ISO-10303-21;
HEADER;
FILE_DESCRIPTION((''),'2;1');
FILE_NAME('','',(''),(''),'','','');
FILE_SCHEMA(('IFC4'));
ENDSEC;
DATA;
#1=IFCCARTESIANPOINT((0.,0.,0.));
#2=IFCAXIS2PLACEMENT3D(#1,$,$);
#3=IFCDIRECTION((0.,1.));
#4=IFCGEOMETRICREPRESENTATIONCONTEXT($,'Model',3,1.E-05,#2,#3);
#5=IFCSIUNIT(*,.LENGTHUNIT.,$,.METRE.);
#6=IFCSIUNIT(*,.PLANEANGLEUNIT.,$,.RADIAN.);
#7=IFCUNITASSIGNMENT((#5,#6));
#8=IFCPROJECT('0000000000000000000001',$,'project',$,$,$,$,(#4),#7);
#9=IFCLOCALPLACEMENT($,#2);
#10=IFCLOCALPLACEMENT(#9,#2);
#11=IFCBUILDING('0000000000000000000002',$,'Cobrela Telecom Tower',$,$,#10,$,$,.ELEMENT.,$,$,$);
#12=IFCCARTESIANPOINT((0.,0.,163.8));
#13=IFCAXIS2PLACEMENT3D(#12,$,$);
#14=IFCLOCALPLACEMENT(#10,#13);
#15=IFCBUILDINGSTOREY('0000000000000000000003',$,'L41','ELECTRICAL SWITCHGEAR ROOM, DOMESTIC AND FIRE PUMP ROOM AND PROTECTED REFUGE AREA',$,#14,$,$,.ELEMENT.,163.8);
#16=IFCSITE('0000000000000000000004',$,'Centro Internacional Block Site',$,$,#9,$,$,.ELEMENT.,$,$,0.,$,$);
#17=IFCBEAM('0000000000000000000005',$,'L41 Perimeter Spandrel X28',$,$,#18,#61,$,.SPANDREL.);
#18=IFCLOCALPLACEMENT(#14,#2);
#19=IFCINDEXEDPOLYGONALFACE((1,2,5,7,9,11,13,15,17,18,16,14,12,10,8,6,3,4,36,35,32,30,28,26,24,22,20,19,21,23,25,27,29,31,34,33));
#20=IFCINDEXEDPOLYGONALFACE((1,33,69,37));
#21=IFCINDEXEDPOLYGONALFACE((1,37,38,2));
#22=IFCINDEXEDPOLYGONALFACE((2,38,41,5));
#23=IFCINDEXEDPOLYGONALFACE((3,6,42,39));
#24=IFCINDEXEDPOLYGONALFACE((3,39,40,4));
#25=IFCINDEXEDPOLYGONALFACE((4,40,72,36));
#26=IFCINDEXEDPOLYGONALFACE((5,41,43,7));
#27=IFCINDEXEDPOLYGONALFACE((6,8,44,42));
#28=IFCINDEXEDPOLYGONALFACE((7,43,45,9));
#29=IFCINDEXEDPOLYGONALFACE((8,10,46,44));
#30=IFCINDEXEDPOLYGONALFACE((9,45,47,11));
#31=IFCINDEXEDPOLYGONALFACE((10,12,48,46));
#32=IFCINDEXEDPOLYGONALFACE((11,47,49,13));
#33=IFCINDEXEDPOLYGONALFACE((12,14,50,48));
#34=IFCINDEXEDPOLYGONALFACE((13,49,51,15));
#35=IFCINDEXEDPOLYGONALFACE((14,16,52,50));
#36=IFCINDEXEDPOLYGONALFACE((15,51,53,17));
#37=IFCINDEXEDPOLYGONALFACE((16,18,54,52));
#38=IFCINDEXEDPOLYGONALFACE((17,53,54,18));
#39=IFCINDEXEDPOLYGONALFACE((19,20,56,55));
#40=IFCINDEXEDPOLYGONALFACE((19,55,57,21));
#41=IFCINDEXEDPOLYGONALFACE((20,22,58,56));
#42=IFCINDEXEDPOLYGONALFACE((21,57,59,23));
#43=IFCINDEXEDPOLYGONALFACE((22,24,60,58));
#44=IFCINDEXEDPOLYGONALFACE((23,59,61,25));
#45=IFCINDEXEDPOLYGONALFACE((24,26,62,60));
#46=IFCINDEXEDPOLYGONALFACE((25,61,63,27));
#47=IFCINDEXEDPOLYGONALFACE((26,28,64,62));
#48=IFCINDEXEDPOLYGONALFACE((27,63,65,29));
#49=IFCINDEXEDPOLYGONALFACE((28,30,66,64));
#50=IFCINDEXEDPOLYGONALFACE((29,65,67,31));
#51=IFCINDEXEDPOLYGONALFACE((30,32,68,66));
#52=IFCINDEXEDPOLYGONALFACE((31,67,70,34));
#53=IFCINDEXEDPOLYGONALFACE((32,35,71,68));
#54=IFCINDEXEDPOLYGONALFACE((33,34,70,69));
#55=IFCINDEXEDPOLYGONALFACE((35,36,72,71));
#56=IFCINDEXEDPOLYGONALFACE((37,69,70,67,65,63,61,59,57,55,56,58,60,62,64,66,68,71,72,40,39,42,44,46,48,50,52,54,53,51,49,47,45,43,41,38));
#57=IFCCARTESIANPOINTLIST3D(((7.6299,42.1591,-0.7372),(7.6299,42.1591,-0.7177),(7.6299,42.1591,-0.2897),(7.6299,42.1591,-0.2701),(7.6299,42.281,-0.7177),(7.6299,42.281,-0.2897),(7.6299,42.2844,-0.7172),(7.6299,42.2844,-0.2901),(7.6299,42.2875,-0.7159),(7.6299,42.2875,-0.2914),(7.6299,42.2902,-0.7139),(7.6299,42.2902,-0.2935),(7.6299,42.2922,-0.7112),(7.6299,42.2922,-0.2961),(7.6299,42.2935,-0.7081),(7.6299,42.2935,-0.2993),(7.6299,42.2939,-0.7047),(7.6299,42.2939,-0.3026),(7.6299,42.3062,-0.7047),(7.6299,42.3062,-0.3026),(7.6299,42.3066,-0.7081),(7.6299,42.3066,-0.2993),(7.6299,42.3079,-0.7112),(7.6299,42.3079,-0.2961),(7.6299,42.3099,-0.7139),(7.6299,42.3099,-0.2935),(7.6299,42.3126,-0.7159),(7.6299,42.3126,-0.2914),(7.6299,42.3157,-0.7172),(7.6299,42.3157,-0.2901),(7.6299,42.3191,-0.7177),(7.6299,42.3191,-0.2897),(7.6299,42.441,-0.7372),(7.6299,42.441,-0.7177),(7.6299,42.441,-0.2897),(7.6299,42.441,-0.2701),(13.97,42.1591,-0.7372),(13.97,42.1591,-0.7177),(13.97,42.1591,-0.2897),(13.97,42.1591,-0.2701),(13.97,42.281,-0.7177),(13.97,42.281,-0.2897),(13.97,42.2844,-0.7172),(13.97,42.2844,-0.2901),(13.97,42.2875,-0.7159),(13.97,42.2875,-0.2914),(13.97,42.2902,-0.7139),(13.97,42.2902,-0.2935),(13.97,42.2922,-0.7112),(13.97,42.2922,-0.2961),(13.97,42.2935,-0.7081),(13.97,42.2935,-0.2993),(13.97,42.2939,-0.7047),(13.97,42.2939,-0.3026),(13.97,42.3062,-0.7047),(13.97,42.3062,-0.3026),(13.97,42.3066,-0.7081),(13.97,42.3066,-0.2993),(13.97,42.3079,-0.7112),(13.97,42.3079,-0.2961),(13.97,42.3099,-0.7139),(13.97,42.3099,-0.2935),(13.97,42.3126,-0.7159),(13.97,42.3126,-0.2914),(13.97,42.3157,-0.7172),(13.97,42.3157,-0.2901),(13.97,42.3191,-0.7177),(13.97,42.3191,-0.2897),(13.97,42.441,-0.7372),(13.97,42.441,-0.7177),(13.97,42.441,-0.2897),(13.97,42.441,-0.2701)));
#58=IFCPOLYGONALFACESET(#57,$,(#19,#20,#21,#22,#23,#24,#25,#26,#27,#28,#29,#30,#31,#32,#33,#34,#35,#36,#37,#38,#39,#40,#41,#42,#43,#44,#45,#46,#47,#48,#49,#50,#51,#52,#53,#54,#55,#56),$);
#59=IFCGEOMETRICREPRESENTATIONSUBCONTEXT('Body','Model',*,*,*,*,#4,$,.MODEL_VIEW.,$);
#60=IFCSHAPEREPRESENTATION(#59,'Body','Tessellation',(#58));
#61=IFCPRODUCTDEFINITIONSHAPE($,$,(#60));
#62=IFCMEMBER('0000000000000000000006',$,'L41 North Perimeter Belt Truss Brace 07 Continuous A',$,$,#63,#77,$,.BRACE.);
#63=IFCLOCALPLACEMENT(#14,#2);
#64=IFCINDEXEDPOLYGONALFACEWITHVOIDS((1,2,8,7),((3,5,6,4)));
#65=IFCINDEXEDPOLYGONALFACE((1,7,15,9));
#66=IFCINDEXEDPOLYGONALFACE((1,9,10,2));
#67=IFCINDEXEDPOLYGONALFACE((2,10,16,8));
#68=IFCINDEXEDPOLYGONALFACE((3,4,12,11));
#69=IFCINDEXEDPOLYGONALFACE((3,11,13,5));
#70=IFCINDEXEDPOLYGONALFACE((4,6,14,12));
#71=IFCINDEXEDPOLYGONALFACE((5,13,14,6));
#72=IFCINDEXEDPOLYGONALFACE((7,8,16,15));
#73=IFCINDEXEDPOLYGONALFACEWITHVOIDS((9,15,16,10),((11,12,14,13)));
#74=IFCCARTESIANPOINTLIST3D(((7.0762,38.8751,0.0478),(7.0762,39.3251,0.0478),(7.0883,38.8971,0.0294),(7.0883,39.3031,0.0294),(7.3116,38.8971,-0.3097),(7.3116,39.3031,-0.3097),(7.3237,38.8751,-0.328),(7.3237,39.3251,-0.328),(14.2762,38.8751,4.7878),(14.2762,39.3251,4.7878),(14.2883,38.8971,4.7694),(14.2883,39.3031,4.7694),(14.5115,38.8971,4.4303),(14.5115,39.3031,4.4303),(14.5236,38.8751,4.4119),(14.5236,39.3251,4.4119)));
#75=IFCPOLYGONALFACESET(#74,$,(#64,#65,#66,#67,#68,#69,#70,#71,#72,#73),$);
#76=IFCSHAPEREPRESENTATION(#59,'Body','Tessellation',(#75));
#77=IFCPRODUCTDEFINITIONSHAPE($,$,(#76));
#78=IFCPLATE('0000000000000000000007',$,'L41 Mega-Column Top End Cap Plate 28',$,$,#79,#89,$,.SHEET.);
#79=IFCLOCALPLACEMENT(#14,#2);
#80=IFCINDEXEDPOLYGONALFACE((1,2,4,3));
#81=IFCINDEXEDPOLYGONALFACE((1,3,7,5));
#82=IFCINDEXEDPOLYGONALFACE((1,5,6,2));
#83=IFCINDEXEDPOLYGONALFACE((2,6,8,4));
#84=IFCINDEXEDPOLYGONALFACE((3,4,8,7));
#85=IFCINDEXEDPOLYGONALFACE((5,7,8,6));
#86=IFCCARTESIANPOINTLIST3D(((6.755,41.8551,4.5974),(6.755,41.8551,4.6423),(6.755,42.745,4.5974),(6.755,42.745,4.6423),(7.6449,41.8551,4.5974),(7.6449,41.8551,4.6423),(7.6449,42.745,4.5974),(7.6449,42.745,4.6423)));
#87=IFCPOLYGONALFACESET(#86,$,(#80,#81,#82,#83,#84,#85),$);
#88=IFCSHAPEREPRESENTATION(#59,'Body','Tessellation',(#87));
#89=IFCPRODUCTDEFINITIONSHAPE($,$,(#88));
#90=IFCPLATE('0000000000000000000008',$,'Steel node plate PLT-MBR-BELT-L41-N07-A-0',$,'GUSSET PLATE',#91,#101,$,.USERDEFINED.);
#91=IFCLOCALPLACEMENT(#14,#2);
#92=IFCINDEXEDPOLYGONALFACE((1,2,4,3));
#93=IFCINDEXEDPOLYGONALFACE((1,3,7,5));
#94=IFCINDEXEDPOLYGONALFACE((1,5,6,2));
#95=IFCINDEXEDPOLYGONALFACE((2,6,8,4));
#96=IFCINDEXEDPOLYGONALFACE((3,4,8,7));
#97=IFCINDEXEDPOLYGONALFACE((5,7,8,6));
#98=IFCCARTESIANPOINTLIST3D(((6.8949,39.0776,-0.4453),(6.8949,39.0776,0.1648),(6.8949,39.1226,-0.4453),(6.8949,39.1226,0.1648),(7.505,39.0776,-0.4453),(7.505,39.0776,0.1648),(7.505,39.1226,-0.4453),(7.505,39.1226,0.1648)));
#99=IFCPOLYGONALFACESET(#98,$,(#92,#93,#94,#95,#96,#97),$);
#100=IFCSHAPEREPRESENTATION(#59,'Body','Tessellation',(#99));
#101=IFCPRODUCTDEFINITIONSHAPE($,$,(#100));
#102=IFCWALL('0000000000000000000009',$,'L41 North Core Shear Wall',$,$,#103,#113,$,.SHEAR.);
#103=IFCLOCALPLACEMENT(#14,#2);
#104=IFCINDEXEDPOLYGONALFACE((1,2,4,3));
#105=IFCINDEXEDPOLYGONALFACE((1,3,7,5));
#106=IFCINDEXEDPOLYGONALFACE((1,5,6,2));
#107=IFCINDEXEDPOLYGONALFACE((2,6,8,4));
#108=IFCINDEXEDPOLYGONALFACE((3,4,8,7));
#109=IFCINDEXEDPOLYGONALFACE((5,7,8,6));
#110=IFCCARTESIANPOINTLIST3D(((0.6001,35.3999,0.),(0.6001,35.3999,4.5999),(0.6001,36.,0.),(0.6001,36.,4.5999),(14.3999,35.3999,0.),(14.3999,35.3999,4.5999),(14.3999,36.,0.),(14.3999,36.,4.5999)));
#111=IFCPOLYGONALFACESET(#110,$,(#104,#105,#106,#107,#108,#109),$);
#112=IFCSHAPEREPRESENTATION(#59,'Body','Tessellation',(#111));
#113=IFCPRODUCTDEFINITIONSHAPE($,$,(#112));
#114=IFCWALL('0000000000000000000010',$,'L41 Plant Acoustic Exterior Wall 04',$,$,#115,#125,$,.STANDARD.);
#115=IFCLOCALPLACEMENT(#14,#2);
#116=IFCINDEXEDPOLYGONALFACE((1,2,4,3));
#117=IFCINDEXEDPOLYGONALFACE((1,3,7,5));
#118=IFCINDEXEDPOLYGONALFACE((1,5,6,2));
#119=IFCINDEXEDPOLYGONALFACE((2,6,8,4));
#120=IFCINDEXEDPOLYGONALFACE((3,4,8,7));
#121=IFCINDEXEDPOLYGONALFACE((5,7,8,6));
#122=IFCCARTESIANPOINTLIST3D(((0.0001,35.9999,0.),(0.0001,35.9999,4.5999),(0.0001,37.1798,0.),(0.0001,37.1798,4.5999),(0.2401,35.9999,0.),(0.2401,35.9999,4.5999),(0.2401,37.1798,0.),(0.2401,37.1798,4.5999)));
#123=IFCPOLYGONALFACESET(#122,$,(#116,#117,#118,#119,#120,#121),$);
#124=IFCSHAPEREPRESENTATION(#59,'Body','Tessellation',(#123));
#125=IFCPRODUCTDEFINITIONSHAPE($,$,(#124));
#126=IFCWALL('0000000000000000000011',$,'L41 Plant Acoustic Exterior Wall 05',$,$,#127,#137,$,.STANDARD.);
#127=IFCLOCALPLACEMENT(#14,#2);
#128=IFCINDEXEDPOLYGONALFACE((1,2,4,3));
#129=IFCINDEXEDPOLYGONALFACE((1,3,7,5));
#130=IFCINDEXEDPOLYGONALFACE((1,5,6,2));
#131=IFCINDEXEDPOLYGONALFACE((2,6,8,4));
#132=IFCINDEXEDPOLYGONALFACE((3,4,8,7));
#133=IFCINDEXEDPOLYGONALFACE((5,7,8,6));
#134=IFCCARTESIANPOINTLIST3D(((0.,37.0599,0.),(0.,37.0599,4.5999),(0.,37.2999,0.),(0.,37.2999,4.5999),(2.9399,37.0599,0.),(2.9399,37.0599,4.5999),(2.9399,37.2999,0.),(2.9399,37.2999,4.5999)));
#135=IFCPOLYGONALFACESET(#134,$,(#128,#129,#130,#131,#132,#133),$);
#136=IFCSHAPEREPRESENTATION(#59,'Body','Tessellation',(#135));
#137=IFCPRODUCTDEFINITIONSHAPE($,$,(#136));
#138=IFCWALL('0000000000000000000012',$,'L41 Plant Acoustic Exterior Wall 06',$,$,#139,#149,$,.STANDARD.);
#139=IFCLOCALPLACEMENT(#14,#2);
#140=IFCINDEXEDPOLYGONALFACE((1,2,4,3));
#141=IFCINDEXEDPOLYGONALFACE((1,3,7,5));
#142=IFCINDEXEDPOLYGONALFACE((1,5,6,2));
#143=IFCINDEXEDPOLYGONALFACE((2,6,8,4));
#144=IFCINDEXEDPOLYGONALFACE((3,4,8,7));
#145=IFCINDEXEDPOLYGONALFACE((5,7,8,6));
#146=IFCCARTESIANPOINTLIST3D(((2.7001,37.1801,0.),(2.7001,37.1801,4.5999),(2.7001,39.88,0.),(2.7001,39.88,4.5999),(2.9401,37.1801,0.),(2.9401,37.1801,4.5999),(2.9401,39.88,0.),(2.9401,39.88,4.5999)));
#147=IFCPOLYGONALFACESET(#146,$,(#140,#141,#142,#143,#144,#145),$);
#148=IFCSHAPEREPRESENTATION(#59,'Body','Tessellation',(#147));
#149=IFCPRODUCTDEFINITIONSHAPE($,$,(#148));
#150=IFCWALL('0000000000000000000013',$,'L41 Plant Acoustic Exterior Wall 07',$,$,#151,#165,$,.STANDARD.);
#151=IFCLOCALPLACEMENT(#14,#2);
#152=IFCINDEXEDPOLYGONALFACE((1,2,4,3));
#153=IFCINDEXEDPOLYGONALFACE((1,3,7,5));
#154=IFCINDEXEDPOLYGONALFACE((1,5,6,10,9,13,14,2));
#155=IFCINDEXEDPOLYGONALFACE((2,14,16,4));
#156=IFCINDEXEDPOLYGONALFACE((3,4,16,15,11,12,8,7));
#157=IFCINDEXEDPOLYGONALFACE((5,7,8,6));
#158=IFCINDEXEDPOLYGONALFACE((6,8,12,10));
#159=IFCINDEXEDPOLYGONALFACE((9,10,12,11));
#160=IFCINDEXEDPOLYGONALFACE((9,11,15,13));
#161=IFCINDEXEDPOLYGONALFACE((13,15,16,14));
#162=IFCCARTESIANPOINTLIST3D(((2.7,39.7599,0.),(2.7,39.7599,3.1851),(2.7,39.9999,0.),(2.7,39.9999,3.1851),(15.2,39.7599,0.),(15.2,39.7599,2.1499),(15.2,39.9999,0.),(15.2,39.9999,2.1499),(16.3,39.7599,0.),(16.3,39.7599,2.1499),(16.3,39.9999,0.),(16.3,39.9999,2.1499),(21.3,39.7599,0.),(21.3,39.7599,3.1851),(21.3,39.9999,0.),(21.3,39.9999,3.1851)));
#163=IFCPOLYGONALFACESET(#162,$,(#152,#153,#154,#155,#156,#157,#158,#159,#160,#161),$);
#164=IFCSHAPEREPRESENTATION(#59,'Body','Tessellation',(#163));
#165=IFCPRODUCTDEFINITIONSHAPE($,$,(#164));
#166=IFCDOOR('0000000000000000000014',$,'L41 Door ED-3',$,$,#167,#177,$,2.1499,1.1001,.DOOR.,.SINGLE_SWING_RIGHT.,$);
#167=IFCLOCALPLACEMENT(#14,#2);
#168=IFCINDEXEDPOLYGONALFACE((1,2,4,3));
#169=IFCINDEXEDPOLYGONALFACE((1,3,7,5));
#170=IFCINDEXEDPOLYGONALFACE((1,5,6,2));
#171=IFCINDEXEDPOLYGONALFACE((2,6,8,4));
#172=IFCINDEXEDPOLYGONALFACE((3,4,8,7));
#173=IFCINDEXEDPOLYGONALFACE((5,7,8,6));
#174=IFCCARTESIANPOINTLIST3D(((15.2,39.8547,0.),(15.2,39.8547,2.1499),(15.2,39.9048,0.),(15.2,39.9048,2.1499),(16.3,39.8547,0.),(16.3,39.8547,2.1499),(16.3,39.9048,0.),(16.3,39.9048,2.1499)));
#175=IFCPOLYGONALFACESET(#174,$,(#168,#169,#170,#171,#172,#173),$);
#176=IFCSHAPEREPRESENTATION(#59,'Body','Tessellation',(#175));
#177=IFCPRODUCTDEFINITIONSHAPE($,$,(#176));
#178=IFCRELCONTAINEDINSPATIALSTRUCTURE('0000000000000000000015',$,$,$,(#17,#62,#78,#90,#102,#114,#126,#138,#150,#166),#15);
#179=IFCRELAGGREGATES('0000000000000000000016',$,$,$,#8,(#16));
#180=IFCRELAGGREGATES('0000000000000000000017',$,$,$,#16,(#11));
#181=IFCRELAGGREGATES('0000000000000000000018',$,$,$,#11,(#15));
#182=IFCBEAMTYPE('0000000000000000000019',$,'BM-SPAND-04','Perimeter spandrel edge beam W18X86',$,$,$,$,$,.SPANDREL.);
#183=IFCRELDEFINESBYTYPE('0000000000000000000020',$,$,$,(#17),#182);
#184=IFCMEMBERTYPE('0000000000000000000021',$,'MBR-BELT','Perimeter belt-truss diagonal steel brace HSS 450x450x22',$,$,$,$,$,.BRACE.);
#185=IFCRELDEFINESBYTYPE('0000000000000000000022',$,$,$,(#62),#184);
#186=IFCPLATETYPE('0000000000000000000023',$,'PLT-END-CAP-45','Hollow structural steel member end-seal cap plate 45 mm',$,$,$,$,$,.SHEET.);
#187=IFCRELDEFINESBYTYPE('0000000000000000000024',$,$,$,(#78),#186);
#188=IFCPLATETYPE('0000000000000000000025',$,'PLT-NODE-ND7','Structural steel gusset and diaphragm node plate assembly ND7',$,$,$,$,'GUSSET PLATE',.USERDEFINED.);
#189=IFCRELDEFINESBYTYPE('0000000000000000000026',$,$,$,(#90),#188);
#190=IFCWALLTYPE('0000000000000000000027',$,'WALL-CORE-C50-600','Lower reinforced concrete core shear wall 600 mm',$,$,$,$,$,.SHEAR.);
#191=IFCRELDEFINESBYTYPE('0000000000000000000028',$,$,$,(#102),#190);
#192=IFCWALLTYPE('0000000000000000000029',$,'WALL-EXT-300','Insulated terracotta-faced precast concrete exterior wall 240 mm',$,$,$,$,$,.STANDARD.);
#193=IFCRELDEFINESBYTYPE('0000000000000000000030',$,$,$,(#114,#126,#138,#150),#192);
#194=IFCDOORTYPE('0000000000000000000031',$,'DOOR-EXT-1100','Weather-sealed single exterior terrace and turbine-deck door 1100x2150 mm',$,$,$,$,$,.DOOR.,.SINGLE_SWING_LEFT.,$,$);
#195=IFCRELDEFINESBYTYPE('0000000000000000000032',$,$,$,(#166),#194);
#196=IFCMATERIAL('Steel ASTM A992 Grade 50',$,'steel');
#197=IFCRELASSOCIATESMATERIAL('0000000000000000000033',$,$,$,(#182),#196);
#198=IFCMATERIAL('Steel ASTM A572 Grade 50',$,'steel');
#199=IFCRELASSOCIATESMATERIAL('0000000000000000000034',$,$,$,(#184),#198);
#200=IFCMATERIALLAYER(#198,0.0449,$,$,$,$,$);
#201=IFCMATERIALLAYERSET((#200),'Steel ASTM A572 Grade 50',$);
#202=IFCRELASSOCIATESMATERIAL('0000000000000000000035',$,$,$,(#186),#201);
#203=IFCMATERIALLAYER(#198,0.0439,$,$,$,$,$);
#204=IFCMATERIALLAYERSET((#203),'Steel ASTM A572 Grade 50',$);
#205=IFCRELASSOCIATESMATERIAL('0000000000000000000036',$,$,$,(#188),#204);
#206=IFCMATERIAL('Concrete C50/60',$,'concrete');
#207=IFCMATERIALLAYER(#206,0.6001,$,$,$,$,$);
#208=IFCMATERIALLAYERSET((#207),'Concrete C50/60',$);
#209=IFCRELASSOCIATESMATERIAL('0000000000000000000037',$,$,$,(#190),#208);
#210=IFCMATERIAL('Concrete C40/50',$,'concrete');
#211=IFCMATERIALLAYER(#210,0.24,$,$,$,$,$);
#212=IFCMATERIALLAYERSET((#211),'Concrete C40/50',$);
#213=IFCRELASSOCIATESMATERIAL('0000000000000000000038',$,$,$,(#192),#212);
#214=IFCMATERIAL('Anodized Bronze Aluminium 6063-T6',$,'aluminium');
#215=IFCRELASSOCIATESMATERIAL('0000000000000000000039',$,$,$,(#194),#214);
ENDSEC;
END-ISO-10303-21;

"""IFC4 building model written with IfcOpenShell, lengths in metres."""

from ifc_helpers import new_model, si_unit, direction, frame, frame_2d, origin, origin_2d, place, context, subcontext, project, spatial, rectangle, hollow_rectangle, i_section, extrude, material, layer, layer_set, material_profile, profile_set, type_object, element, fill, save


model = new_model("IFC4")

# Units and contexts
model_context = context("Model", 3, precision=1e-05, world=origin(), true_north=direction((0.0, 1.0)))
body_context = subcontext(model_context, "Body", "Model", "MODEL_VIEW")
ifc_project = project(units=[si_unit("LENGTHUNIT", "METRE"), si_unit("PLANEANGLEUNIT", "RADIAN")], contexts=[model_context])

# Site, building, storey
site_placement = place(None, origin())
site = spatial("IfcSite", under=ifc_project, at=site_placement, Name="Centro Internacional Block Site", CompositionType="ELEMENT", RefElevation=0.0)
building_placement = place(site_placement, origin())
building = spatial("IfcBuilding", under=site, at=building_placement, Name="Cobrela Telecom Tower", CompositionType="ELEMENT")
storey_placement = place(building_placement, frame((0.0, 0.0, 163.8)))
storey = spatial("IfcBuildingStorey", under=building, at=storey_placement, Name="L41", Description="ELECTRICAL SWITCHGEAR ROOM, DOMESTIC AND FIRE PUMP ROOM AND PROTECTED REFUGE AREA", CompositionType="ELEMENT", Elevation=163.8)

# Shared definitions
ifc_material_1 = material(Name="Steel ASTM A572 Grade 50", Category="steel")

# Beam
ifc_material_2 = material(Name="Steel ASTM A992 Grade 50", Category="steel")
ifc_material_profile_1 = material_profile(ifc_material_2, i_section(OverallWidth=0.282, OverallDepth=0.467, WebThickness=0.0122, FlangeThickness=0.0195, FilletRadius=0.0129, at=origin_2d()), Name="W18X86")
ifc_profile_set_1 = profile_set([ifc_material_profile_1], Name="Steel ASTM A992 Grade 50")
beam_type_1 = type_object("IfcBeamType", Name="BM-SPAND-04", Description="Perimeter spandrel edge beam W18X86", PredefinedType="SPANDREL", material=ifc_profile_set_1)
beam_1_placement = place(storey_placement, frame((7.6299, 42.3, -0.5037), z_axis=(1.0, 0.0, 0.0), x_axis=(0.0, 1.0, 0.0)))
element("IfcBeam", 1, at=beam_1_placement, inside=storey, type_object=beam_type_1, Name="L41 Perimeter Spandrel X28", PredefinedType="SPANDREL", context=body_context, shape_type="SweptSolid", body=[
    extrude(i_section(OverallWidth=0.282, OverallDepth=0.467, WebThickness=0.0122, FlangeThickness=0.0195, FilletRadius=0.0129, at=origin_2d()), origin(), (0.0, 0.0, 1.0), 6.3401),
])

# Member
ifc_material_profile_2 = material_profile(ifc_material_1, hollow_rectangle(XDim=0.45, YDim=0.45, WallThickness=0.022, at=origin_2d()), Name="HSS 450x450x22")
ifc_profile_set_2 = profile_set([ifc_material_profile_2], Name="Steel ASTM A572 Grade 50")
member_type = type_object("IfcMemberType", Name="MBR-BELT", Description="Perimeter belt-truss diagonal steel brace HSS 450x450x22", PredefinedType="BRACE", material=ifc_profile_set_2)
member_placement = place(storey_placement, frame((7.2, 39.1001, -0.1401), z_axis=(0.835248, 0.0, 0.549874), x_axis=(0.0, 1.0, 0.0)))
element("IfcMember", 2, at=member_placement, inside=storey, type_object=member_type, Name="L41 North Perimeter Belt Truss Brace 07 Continuous A", PredefinedType="BRACE", context=body_context, shape_type="SweptSolid", body=[
    extrude(hollow_rectangle(XDim=0.45, YDim=0.45, WallThickness=0.022, at=origin_2d()), origin(), (0.0, 0.0, 1.0), 8.6201),
])

# Plates
ifc_layer_1 = layer(ifc_material_1, 0.0449)
ifc_layer_set_1 = layer_set([ifc_layer_1], Name="Steel ASTM A572 Grade 50")
plate_type_1 = type_object("IfcPlateType", Name="PLT-END-CAP-45", Description="Hollow structural steel member end-seal cap plate 45 mm", PredefinedType="SHEET", material=ifc_layer_set_1)
plate_1_placement = place(storey_placement, frame((7.2, 42.3, 4.5974), z_axis=(0.0, 0.0, 1.0), x_axis=(1.0, 0.0, 0.0)))
element("IfcPlate", 3, at=plate_1_placement, inside=storey, type_object=plate_type_1, Name="L41 Mega-Column Top End Cap Plate 28", PredefinedType="SHEET", context=body_context, shape_type="SweptSolid", body=[
    extrude(rectangle(XDim=0.8899, YDim=0.8899, at=origin_2d()), origin(), (0.0, 0.0, 1.0), 0.0449),
])
ifc_layer_2 = layer(ifc_material_1, 0.0439)
ifc_layer_set_2 = layer_set([ifc_layer_2], Name="Steel ASTM A572 Grade 50")
plate_type_2 = type_object("IfcPlateType", Name="PLT-NODE-ND7", Description="Structural steel gusset and diaphragm node plate assembly ND7", ElementType="GUSSET PLATE", PredefinedType="USERDEFINED", material=ifc_layer_set_2)
plate_2_placement = place(storey_placement, frame((7.2, 39.1001, -0.4453), z_axis=(0.0, 0.0, 1.0), x_axis=(1.0, 0.0, 0.0)))
element("IfcPlate", 4, at=plate_2_placement, inside=storey, type_object=plate_type_2, Name="Steel node plate PLT-MBR-BELT-L41-N07-A-0", ObjectType="GUSSET PLATE", PredefinedType="USERDEFINED", context=body_context, shape_type="SweptSolid", body=[
    extrude(rectangle(XDim=0.6101, YDim=0.0449, at=origin_2d()), origin(), (0.0, 0.0, 1.0), 0.6101),
])

# Walls
ifc_material_3 = material(Name="Concrete C50/60", Category="concrete")
ifc_layer_3 = layer(ifc_material_3, 0.6001)
ifc_layer_set_3 = layer_set([ifc_layer_3], Name="Concrete C50/60")
wall_type_1 = type_object("IfcWallType", Name="WALL-CORE-C50-600", Description="Lower reinforced concrete core shear wall 600 mm", PredefinedType="SHEAR", material=ifc_layer_set_3)
wall_1_placement = place(storey_placement, frame((0.6001, 35.7, 0.0), z_axis=(0.0, 0.0, 1.0), x_axis=(1.0, 0.0, 0.0)))
element("IfcWall", 5, at=wall_1_placement, inside=storey, type_object=wall_type_1, Name="L41 North Core Shear Wall", PredefinedType="SHEAR", context=body_context, shape_type="SweptSolid", body=[
    extrude(rectangle(XDim=13.7998, YDim=0.6001, at=frame_2d((6.8999, 0.0))), origin(), (0.0, 0.0, 1.0), 4.5999),
])
ifc_material_4 = material(Name="Concrete C40/50", Category="concrete")
ifc_layer_4 = layer(ifc_material_4, 0.24)
ifc_layer_set_4 = layer_set([ifc_layer_4], Name="Concrete C40/50")
wall_type_2 = type_object("IfcWallType", Name="WALL-EXT-300", Description="Insulated terracotta-faced precast concrete exterior wall 240 mm", PredefinedType="STANDARD", material=ifc_layer_set_4)
wall_2_placement = place(storey_placement, frame((0.1201, 36.0, 0.0), z_axis=(0.0, 0.0, 1.0), x_axis=(0.0, 1.0, 0.0)))
element("IfcWall", 6, at=wall_2_placement, inside=storey, type_object=wall_type_2, Name="L41 Plant Acoustic Exterior Wall 04", PredefinedType="STANDARD", context=body_context, shape_type="SweptSolid", body=[
    extrude(rectangle(XDim=1.1799, YDim=0.24, at=frame_2d((0.5898, 0.0))), origin(), (0.0, 0.0, 1.0), 4.5999),
])
wall_3_placement = place(storey_placement, frame((0.0, 37.1799, 0.0), z_axis=(0.0, 0.0, 1.0), x_axis=(1.0, 0.0, 0.0)))
element("IfcWall", 7, at=wall_3_placement, inside=storey, type_object=wall_type_2, Name="L41 Plant Acoustic Exterior Wall 05", PredefinedType="STANDARD", context=body_context, shape_type="SweptSolid", body=[
    extrude(rectangle(XDim=2.9399, YDim=0.24, at=frame_2d((1.47, 0.0))), origin(), (0.0, 0.0, 1.0), 4.5999),
])
wall_4_placement = place(storey_placement, frame((2.8201, 37.1799, 0.0), z_axis=(0.0, 0.0, 1.0), x_axis=(0.0, 1.0, 0.0)))
element("IfcWall", 8, at=wall_4_placement, inside=storey, type_object=wall_type_2, Name="L41 Plant Acoustic Exterior Wall 06", PredefinedType="STANDARD", context=body_context, shape_type="SweptSolid", body=[
    extrude(rectangle(XDim=2.7, YDim=0.24, at=frame_2d((1.3501, 0.0))), origin(), (0.0, 0.0, 1.0), 4.5999),
])

# Wall, opening, door
wall_5_placement = place(storey_placement, frame((2.7, 39.8799, 0.0), z_axis=(0.0, 0.0, 1.0), x_axis=(1.0, 0.0, 0.0)))
wall_5 = element("IfcWall", 9, at=wall_5_placement, inside=storey, type_object=wall_type_2, Name="L41 Plant Acoustic Exterior Wall 07", PredefinedType="STANDARD", context=body_context, shape_type="SweptSolid", body=[
    extrude(rectangle(XDim=18.6001, YDim=0.24, at=frame_2d((9.3, 0.0))), origin(), (0.0, 0.0, 1.0), 3.1851),
])
opening_placement = place(wall_5_placement, frame((12.5, 0.0, 0.0)))
opening = element("IfcOpeningElement", 10, at=opening_placement, cuts=wall_5, PredefinedType="OPENING", context=body_context, shape_type="SweptSolid", body=[
    extrude(rectangle(XDim=1.1001, YDim=2.1499, at=frame_2d((0.55, 1.075))), frame((0.0, 0.1318, 0.0), z_axis=(0.0, -1.0, 0.0), x_axis=(1.0, 0.0, 0.0)), (0.0, 0.0, 1.0), 0.2639),
])
ifc_material_5 = material(Name="Anodized Bronze Aluminium 6063-T6", Category="aluminium")
door_type = type_object("IfcDoorType", Name="DOOR-EXT-1100", Description="Weather-sealed single exterior terrace and turbine-deck door 1100x2150 mm", OperationType="SINGLE_SWING_LEFT", PredefinedType="DOOR", material=ifc_material_5)
door_placement = place(opening_placement, origin())
door = element("IfcDoor", 11, at=door_placement, inside=storey, type_object=door_type, Name="L41 Door ED-3", OperationType="SINGLE_SWING_RIGHT", OverallHeight=2.1499, OverallWidth=1.1001, PredefinedType="DOOR", context=body_context, shape_type="SweptSolid", body=[
    extrude(rectangle(XDim=1.1001, YDim=2.1499, at=frame_2d((0.55, 1.075))), frame((0.0, 0.0249, 0.0), z_axis=(0.0, -1.0, 0.0), x_axis=(1.0, 0.0, 0.0)), (0.0, 0.0, 1.0), 0.05),
])
fill(opening, door)

save(model, "model.ifc")
